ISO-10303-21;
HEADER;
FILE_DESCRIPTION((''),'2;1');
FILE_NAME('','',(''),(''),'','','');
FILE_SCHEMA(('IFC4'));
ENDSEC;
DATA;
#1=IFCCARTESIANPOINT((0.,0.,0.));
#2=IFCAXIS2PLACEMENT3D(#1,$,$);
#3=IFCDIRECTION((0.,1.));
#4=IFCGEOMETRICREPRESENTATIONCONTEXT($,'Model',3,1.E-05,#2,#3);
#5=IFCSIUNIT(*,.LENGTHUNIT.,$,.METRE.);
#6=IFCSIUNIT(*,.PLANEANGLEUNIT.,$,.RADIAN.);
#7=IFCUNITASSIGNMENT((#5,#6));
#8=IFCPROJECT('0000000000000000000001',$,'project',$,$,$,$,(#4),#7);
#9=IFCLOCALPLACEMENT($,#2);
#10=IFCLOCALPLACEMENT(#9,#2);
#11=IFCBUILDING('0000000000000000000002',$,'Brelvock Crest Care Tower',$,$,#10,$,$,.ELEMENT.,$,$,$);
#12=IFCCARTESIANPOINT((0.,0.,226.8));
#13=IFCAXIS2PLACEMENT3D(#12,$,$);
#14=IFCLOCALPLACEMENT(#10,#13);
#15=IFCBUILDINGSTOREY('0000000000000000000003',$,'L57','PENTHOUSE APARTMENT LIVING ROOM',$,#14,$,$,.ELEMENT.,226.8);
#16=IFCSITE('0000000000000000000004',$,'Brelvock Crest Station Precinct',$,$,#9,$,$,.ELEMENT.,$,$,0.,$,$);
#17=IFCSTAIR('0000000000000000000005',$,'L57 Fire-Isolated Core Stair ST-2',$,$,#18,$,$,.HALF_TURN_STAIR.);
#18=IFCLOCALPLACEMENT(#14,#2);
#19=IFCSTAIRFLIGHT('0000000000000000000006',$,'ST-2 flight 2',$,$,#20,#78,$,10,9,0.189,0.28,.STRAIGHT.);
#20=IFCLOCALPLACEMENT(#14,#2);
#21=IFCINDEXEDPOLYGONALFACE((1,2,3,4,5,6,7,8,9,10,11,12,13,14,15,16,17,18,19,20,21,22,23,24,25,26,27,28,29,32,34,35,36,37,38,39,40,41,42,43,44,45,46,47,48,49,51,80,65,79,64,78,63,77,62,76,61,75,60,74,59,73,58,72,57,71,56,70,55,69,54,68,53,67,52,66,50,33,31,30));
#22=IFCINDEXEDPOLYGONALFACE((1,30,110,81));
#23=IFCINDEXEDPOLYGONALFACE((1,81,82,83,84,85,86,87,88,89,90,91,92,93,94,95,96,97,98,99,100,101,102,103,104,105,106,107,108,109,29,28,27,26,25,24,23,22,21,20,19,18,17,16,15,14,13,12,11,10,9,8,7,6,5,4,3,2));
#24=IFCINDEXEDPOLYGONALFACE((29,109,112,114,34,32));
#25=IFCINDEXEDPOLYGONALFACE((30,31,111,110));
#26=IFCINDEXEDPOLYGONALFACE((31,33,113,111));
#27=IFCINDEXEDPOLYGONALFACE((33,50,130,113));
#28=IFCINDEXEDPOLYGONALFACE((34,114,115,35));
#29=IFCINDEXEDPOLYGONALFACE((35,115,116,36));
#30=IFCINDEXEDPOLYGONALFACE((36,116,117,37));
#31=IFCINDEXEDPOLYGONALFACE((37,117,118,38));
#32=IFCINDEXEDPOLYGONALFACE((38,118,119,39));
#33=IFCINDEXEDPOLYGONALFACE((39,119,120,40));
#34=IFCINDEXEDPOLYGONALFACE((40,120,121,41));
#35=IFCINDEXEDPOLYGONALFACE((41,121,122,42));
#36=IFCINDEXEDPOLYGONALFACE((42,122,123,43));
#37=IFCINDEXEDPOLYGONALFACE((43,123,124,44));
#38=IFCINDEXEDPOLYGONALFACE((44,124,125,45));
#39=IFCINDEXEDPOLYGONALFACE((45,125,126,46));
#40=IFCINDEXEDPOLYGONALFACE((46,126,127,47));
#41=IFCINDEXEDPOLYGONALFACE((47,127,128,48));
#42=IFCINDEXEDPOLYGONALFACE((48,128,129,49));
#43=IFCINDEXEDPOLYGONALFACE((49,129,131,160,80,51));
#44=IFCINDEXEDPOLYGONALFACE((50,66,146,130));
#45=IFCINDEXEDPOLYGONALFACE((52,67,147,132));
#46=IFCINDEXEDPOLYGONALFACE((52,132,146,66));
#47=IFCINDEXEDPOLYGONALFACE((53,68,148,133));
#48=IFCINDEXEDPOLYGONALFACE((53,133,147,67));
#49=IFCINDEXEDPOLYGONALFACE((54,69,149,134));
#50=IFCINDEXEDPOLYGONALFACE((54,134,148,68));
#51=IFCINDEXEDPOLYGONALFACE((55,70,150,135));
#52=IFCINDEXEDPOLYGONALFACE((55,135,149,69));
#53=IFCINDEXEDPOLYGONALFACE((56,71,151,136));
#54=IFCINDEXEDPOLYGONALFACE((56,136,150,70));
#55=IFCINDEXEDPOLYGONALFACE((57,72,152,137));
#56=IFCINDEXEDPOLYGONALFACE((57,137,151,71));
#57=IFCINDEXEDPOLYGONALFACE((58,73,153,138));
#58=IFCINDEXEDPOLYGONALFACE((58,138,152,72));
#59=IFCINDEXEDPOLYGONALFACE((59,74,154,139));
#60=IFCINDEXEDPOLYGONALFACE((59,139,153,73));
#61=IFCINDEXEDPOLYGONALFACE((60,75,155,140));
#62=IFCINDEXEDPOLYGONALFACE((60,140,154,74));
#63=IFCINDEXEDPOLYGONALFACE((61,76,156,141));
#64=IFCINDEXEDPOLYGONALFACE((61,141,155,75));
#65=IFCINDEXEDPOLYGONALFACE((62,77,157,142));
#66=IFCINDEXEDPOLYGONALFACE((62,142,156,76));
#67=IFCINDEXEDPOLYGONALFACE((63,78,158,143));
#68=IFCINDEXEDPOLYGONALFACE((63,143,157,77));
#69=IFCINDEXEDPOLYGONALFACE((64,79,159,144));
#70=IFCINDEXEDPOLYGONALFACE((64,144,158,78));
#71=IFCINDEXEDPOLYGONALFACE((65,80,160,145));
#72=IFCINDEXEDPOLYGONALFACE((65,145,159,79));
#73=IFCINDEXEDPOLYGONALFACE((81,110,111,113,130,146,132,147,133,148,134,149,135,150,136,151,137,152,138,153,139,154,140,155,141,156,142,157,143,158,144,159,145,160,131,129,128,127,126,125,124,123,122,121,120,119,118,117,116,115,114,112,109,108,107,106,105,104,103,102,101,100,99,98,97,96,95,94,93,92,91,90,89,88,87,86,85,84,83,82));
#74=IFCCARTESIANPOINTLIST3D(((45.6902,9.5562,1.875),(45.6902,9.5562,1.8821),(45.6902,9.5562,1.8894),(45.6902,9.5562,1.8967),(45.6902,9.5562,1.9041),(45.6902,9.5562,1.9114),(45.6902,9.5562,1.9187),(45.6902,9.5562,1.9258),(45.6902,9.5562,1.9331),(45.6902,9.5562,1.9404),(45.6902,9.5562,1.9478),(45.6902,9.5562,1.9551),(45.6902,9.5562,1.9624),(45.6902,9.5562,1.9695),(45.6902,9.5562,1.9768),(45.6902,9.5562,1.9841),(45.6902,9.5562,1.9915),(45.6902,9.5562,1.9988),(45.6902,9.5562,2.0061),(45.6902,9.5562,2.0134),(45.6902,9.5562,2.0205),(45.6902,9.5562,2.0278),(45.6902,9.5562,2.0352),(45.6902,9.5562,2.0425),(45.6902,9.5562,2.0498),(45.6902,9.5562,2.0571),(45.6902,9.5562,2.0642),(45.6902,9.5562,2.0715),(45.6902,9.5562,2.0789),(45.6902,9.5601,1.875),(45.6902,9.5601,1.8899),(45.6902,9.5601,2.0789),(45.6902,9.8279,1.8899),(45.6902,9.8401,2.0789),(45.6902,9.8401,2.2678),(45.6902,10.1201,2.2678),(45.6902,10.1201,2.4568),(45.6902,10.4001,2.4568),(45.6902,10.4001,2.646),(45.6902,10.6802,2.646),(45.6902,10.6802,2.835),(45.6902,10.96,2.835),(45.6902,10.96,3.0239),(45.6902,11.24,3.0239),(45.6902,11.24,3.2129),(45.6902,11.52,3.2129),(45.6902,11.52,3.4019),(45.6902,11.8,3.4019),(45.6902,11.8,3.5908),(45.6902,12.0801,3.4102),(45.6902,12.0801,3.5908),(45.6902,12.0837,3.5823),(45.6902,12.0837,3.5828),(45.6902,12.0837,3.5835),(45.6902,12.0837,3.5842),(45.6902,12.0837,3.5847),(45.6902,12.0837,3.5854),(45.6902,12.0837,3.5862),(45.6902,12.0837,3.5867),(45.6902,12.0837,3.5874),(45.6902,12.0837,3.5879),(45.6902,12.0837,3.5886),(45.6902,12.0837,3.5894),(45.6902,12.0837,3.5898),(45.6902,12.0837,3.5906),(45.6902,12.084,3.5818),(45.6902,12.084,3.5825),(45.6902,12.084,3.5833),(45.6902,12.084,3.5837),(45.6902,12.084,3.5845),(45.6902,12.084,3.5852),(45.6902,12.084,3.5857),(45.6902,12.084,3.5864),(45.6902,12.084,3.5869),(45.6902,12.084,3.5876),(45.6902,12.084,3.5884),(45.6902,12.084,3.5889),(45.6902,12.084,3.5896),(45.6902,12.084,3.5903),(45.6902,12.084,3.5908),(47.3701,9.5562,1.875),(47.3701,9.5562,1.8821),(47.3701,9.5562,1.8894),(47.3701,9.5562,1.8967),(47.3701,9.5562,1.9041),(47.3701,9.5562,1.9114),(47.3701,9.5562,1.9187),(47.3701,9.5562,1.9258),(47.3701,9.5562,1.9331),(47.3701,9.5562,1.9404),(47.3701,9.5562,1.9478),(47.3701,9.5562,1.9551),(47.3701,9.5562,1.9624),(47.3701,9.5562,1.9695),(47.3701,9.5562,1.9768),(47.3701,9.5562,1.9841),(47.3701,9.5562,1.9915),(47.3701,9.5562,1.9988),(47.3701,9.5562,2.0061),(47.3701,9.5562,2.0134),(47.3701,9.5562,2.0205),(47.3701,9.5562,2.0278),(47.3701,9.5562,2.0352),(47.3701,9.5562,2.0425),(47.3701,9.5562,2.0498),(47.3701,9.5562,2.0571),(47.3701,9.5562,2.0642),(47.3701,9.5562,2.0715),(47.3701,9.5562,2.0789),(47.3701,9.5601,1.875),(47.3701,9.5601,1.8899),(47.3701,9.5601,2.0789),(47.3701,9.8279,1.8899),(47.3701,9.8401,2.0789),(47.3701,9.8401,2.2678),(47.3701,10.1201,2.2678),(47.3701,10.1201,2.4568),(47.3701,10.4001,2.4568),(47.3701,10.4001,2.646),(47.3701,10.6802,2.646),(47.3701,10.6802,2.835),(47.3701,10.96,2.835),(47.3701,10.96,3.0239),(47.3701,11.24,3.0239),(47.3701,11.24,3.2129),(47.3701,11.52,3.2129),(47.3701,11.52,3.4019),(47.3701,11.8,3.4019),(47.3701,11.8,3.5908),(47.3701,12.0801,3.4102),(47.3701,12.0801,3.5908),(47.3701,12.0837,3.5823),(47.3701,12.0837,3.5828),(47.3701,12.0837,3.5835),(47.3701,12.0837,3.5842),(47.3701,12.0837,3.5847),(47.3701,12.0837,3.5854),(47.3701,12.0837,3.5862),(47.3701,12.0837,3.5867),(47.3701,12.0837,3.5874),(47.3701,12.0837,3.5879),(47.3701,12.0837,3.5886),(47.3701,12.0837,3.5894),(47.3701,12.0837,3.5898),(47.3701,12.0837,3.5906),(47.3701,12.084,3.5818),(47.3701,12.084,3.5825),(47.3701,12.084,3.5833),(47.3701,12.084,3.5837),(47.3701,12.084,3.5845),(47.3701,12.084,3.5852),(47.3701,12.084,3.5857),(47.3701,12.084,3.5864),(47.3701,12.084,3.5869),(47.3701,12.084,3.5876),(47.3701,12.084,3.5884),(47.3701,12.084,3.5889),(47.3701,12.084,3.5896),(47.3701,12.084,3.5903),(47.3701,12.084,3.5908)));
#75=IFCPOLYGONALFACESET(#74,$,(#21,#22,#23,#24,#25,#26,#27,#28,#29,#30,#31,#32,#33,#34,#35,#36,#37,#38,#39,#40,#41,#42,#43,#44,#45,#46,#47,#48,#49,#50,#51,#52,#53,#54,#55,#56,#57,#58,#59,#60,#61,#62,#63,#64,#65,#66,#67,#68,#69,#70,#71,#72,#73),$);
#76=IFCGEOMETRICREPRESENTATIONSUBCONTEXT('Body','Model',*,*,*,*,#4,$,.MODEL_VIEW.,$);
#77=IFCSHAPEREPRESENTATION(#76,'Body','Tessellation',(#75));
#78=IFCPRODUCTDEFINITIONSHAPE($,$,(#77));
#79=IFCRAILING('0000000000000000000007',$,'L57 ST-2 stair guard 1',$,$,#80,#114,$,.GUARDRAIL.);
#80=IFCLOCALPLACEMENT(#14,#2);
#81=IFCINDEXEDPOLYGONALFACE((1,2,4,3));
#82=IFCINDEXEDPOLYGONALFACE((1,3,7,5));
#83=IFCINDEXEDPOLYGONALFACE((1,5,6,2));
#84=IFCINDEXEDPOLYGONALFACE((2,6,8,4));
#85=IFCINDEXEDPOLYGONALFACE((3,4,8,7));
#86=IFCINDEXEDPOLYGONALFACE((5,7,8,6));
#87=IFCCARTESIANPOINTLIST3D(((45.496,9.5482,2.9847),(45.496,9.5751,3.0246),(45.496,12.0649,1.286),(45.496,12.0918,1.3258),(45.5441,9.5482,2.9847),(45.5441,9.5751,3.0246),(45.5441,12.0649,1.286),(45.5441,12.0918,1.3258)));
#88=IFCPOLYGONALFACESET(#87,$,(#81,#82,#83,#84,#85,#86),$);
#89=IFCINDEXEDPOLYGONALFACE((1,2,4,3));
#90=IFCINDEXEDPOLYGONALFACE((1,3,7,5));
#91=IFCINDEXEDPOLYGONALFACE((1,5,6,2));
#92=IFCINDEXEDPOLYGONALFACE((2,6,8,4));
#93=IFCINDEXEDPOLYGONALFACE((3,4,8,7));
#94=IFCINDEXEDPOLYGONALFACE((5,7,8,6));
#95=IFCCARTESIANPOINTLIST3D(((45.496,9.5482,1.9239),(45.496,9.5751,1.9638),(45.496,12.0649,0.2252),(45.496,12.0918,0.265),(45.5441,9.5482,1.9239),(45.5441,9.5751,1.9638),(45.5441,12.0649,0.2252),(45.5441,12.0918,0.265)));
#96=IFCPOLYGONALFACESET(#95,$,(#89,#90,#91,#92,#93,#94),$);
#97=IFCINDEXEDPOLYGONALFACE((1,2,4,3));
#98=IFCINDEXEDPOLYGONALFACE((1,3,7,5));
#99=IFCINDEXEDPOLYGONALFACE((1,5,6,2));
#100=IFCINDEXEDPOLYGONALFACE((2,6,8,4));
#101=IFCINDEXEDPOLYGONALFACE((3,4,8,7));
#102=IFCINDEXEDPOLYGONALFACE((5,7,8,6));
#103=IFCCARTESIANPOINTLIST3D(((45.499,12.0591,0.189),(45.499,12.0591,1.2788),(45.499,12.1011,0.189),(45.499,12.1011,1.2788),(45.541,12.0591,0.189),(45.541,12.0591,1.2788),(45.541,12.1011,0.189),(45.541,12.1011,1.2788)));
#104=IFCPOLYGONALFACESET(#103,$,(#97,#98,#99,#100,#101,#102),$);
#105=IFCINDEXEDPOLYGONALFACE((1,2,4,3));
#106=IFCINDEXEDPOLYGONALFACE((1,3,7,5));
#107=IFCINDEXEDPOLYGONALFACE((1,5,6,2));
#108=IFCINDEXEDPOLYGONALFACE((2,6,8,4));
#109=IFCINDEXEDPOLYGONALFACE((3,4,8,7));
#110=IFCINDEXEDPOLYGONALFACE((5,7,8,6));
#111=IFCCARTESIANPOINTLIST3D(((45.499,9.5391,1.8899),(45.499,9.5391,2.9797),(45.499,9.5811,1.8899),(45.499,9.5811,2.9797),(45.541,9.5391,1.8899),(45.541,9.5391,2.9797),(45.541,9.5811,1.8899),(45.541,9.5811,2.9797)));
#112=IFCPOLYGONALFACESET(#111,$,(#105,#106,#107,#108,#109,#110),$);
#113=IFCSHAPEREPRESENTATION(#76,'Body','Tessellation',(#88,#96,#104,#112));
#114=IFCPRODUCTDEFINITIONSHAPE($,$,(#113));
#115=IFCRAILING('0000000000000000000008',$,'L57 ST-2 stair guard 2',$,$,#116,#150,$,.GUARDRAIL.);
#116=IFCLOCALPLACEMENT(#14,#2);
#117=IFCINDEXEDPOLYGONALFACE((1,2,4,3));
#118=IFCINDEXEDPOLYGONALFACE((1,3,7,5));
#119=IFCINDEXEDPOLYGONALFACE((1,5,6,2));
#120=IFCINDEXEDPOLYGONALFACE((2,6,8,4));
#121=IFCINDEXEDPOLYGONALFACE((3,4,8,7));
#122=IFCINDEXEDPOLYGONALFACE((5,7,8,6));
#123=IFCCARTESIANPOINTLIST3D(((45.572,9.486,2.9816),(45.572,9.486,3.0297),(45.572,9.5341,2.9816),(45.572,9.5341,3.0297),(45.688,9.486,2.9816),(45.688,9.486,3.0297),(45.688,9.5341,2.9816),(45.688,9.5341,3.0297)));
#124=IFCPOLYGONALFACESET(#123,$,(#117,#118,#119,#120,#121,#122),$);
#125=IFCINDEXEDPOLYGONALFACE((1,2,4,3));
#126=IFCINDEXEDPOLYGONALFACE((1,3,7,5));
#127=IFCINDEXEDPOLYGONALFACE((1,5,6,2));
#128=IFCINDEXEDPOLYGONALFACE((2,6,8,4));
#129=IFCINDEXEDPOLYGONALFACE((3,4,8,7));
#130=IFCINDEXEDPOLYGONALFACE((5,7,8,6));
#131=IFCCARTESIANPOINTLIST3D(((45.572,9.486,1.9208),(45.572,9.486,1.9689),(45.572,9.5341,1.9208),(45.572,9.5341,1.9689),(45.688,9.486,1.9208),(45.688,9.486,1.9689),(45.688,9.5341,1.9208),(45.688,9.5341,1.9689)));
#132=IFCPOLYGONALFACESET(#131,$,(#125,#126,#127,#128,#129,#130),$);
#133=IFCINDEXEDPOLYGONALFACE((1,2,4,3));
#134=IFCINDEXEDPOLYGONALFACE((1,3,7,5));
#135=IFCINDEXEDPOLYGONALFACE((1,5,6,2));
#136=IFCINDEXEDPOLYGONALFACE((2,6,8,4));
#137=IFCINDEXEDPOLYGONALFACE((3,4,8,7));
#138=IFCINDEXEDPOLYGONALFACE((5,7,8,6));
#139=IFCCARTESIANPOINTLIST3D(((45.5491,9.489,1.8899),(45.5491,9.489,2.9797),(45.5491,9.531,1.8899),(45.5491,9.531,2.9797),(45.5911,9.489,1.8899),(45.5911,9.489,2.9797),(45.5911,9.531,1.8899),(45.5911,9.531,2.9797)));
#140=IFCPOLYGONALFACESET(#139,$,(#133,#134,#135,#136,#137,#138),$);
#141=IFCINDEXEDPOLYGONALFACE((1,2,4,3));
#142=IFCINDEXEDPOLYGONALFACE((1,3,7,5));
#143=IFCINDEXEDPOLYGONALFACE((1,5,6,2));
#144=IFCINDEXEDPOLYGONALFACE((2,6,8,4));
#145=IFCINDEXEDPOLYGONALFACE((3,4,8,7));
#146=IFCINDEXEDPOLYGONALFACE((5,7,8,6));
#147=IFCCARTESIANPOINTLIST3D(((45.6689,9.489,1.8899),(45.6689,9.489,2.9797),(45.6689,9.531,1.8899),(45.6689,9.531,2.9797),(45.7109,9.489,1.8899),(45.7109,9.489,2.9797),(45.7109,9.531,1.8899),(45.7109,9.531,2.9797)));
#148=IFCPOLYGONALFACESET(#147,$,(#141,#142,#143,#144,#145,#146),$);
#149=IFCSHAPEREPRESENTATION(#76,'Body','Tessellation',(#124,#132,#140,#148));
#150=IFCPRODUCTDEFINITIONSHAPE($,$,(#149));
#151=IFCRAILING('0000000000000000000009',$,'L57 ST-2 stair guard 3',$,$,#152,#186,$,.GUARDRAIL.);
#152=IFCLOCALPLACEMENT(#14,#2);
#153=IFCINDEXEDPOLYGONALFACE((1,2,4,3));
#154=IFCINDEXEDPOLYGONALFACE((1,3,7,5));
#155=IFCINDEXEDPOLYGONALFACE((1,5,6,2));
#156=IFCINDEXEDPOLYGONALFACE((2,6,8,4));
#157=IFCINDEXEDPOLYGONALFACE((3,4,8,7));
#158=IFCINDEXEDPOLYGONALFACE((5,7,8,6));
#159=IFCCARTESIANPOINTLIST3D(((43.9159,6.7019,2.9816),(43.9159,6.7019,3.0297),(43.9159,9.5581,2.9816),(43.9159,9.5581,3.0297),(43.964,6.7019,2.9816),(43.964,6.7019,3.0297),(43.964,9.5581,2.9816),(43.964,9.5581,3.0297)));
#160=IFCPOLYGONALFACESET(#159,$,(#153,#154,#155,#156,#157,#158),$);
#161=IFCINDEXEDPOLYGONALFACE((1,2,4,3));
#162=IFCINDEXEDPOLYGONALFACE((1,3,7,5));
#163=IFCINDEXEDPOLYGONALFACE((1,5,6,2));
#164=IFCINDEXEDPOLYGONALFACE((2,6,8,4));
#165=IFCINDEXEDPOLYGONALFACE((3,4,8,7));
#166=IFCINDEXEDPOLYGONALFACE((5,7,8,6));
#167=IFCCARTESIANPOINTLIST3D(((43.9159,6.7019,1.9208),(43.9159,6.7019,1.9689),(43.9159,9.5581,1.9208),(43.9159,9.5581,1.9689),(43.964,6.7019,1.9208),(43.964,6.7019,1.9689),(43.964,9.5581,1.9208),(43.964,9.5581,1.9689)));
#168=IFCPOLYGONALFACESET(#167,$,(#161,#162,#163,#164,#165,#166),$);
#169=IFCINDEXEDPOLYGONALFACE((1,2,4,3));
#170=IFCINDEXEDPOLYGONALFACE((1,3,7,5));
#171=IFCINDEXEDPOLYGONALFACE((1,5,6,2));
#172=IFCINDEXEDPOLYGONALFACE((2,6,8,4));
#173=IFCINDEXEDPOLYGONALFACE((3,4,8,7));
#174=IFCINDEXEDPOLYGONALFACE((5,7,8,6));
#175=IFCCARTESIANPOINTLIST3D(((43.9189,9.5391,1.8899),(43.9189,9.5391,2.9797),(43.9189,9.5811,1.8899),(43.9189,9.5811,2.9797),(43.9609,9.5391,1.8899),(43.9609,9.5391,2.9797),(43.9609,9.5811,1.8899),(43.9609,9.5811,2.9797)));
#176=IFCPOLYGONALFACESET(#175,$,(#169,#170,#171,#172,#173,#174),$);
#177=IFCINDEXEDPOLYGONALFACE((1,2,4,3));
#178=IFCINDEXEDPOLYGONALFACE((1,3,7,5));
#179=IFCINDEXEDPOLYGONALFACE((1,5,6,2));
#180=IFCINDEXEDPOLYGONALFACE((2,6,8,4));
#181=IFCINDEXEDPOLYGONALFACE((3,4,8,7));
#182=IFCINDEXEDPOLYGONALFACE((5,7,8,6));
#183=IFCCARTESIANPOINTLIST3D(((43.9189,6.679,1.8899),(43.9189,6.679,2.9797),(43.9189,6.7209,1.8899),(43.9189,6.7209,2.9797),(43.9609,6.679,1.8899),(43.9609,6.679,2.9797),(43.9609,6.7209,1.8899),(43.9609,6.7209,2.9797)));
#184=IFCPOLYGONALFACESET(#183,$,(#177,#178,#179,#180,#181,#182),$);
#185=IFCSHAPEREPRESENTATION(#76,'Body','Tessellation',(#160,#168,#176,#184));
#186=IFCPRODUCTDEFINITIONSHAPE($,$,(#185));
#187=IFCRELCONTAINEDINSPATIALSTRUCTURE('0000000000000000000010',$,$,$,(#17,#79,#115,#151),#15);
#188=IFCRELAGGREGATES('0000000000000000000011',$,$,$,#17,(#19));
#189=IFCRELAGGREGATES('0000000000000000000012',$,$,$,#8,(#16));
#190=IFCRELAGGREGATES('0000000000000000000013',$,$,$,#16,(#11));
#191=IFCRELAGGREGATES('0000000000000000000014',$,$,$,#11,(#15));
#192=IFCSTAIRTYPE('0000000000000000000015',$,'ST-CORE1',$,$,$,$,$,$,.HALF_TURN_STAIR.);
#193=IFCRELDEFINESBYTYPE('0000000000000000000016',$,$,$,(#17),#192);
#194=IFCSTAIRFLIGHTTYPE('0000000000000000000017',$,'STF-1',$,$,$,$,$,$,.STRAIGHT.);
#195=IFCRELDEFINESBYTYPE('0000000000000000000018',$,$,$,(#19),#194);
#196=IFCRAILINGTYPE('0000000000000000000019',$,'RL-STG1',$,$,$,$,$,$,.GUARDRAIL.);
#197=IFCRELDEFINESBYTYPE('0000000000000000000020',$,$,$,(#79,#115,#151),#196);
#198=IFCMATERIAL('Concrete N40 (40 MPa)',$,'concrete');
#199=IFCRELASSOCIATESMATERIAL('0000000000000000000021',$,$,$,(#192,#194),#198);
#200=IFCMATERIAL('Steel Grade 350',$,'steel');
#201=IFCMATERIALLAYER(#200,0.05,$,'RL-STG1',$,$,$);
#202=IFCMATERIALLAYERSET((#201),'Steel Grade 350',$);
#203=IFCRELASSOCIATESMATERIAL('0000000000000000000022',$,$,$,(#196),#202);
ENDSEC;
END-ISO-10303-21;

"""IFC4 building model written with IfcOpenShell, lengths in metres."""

from ifc_helpers import new_model, si_unit, direction, frame, origin, origin_2d, place, context, subcontext, project, spatial, polyline, rectangle, outline, extrude, material, layer, layer_set, type_object, element, aggregate, save


model = new_model("IFC4")

# Units and contexts
model_context = context("Model", 3, precision=1e-05, world=origin(), true_north=direction((0.0, 1.0)))
body_context = subcontext(model_context, "Body", "Model", "MODEL_VIEW")
ifc_project = project(units=[si_unit("LENGTHUNIT", "METRE"), si_unit("PLANEANGLEUNIT", "RADIAN")], contexts=[model_context])

# Site, building, storey
site_placement = place(None, origin())
site = spatial("IfcSite", under=ifc_project, at=site_placement, Name="Brelvock Crest Station Precinct", CompositionType="ELEMENT", RefElevation=0.0)
building_placement = place(site_placement, origin())
building = spatial("IfcBuilding", under=site, at=building_placement, Name="Brelvock Crest Care Tower", CompositionType="ELEMENT")
storey_placement = place(building_placement, frame((0.0, 0.0, 226.8)))
storey = spatial("IfcBuildingStorey", under=building, at=storey_placement, Name="L57", Description="PENTHOUSE APARTMENT LIVING ROOM", CompositionType="ELEMENT", Elevation=226.8)

# Shared definitions
ifc_material_1 = material(Name="Steel Grade 350", Category="steel")

# Stair, stair flight
ifc_material_2 = material(Name="Concrete N40 (40 MPa)", Category="concrete")
stair_type = type_object("IfcStairType", Name="ST-CORE1", PredefinedType="HALF_TURN_STAIR", material=ifc_material_2)
stair_placement = place(storey_placement, origin())
stair = element("IfcStair", 1, at=stair_placement, inside=storey, type_object=stair_type, Name="L57 Fire-Isolated Core Stair ST-2", PredefinedType="HALF_TURN_STAIR")
stair_flight_type = type_object("IfcStairFlightType", Name="STF-1", PredefinedType="STRAIGHT", material=ifc_material_2)
stair_flight_1_placement = place(storey_placement, frame((46.53, 9.5601, 1.8899), z_axis=(0.0, 0.0, 1.0), x_axis=(0.0, 1.0, 0.0)))
stair_flight_1 = element("IfcStairFlight", 2, at=stair_flight_1_placement, type_object=stair_flight_type, Name="ST-2 flight 2", NumberOfRisers=10, NumberOfTreads=9, PredefinedType="STRAIGHT", RiserHeight=0.189, TreadLength=0.28, context=body_context, shape_type="SweptSolid", body=[
    extrude(outline(polyline([(-0.0039, -0.0149), (-0.0039, -0.0078), (-0.0039, -0.0005), (-0.0039, 0.0068), (-0.0039, 0.0142), (-0.0039, 0.0215), (-0.0039, 0.0288), (-0.0039, 0.0359), (-0.0039, 0.0432), (-0.0039, 0.0505), (-0.0039, 0.0579), (-0.0039, 0.0652), (-0.0039, 0.0725), (-0.0039, 0.0796), (-0.0039, 0.0869), (-0.0039, 0.0942), (-0.0039, 0.1016), (-0.0039, 0.1089), (-0.0039, 0.1162), (-0.0039, 0.1235), (-0.0039, 0.1306), (-0.0039, 0.1379), (-0.0039, 0.1453), (-0.0039, 0.1526), (-0.0039, 0.1599), (-0.0039, 0.1672), (-0.0039, 0.1743), (-0.0039, 0.1816), (-0.0039, 0.189), (0.0, 0.189), (0.28, 0.189), (0.28, 0.3779), (0.5601, 0.3779), (0.5601, 0.5669), (0.8401, 0.5669), (0.8401, 0.7561), (1.1201, 0.7561), (1.1201, 0.9451), (1.3999, 0.9451), (1.3999, 1.134), (1.6799, 1.134), (1.6799, 1.323), (1.96, 1.323), (1.96, 1.512), (2.24, 1.512), (2.24, 1.7009), (2.52, 1.7009), (2.5239, 1.7009), (2.5237, 1.7007), (2.5239, 1.7004), (2.5237, 1.7), (2.5239, 1.6997), (2.5237, 1.6995), (2.5239, 1.699), (2.5237, 1.6987), (2.5239, 1.6985), (2.5237, 1.698), (2.5239, 1.6978), (2.5237, 1.6975), (2.5239, 1.697), (2.5237, 1.6968), (2.5239, 1.6965), (2.5237, 1.6963), (2.5239, 1.6958), (2.5237, 1.6956), (2.5239, 1.6953), (2.5237, 1.6948), (2.5239, 1.6946), (2.5237, 1.6943), (2.5239, 1.6938), (2.5237, 1.6936), (2.5239, 1.6934), (2.5237, 1.6929), (2.5239, 1.6926), (2.5237, 1.6924), (2.5239, 1.6919), (2.52, 1.5203), (0.2678, 0.0), (0.0, 0.0), (0.0, -0.0149), (-0.0039, -0.0149)])), frame((0.0, 0.8398, 0.0), z_axis=(0.0, -1.0, 0.0), x_axis=(1.0, 0.0, 0.0)), (0.0, 0.0, 1.0), 1.6799),
])
aggregate(stair, [stair_flight_1])

# Railings
ifc_layer_1 = layer(ifc_material_1, 0.05, Name="RL-STG1")
ifc_layer_set_1 = layer_set([ifc_layer_1], Name="Steel Grade 350")
railing_type_1 = type_object("IfcRailingType", Name="RL-STG1", PredefinedType="GUARDRAIL", material=ifc_layer_set_1)
railing_1_placement = place(storey_placement, frame((45.52, 12.0801, 0.189)))
element("IfcRailing", 3, at=railing_1_placement, inside=storey, type_object=railing_type_1, Name="L57 ST-2 stair guard 1", PredefinedType="GUARDRAIL", context=body_context, shape_type="SweptSolid", body=[
    extrude(rectangle(XDim=0.0481, YDim=0.0481, at=origin_2d()), frame((0.0, -0.0017, 1.1169), z_axis=(0.0, -0.828862, 0.559454), x_axis=(1.0, 0.0, 0.0)), (0.0, 0.0, 1.0), 3.0364),
    extrude(rectangle(XDim=0.0481, YDim=0.0481, at=origin_2d()), frame((0.0, -0.0017, 0.0562), z_axis=(0.0, -0.828862, 0.559454), x_axis=(1.0, 0.0, 0.0)), (0.0, 0.0, 1.0), 3.0364),
    extrude(rectangle(XDim=0.042, YDim=0.042, at=origin_2d()), origin(), (0.0, 0.0, 1.0), 1.0898),
    extrude(rectangle(XDim=0.042, YDim=0.042, at=origin_2d()), frame((0.0, -2.52, 1.7009)), (0.0, 0.0, 1.0), 1.0898),
])
railing_2_placement = place(storey_placement, frame((45.5701, 9.51, 1.8899)))
element("IfcRailing", 4, at=railing_2_placement, inside=storey, type_object=railing_type_1, Name="L57 ST-2 stair guard 2", PredefinedType="GUARDRAIL", context=body_context, shape_type="SweptSolid", body=[
    extrude(rectangle(XDim=0.0481, YDim=0.0481, at=origin_2d()), frame((0.002, 0.0, 1.1157), z_axis=(1.0, 0.0, 0.0), x_axis=(0.0, 1.0, 0.0)), (0.0, 0.0, 1.0), 0.116),
    extrude(rectangle(XDim=0.0481, YDim=0.0481, at=origin_2d()), frame((0.002, 0.0, 0.0549), z_axis=(1.0, 0.0, 0.0), x_axis=(0.0, 1.0, 0.0)), (0.0, 0.0, 1.0), 0.116),
    extrude(rectangle(XDim=0.042, YDim=0.042, at=origin_2d()), origin(), (0.0, 0.0, 1.0), 1.0898),
    extrude(rectangle(XDim=0.042, YDim=0.042, at=origin_2d()), frame((0.1199, 0.0, 0.0)), (0.0, 0.0, 1.0), 1.0898),
])
for number, where, name in (
    (5, (43.9399, 9.5601, 1.8899), "L57 ST-2 stair guard 3"),
):
    element("IfcRailing", number, at=place(storey_placement, frame(where)), inside=storey, type_object=railing_type_1, Name=name, PredefinedType="GUARDRAIL", context=body_context, shape_type="SweptSolid", body=[
        extrude(rectangle(XDim=0.0481, YDim=0.0481, at=origin_2d()), frame((0.0, -0.002, 1.1157), z_axis=(0.0, -1.0, 0.0), x_axis=(1.0, 0.0, 0.0)), (0.0, 0.0, 1.0), 2.8562),
        extrude(rectangle(XDim=0.0481, YDim=0.0481, at=origin_2d()), frame((0.0, -0.002, 0.0549), z_axis=(0.0, -1.0, 0.0), x_axis=(1.0, 0.0, 0.0)), (0.0, 0.0, 1.0), 2.8562),
        extrude(rectangle(XDim=0.042, YDim=0.042, at=origin_2d()), origin(), (0.0, 0.0, 1.0), 1.0898),
        extrude(rectangle(XDim=0.042, YDim=0.042, at=origin_2d()), frame((0.0, -2.8601, 0.0)), (0.0, 0.0, 1.0), 1.0898),
    ])

save(model, "model.ifc")
